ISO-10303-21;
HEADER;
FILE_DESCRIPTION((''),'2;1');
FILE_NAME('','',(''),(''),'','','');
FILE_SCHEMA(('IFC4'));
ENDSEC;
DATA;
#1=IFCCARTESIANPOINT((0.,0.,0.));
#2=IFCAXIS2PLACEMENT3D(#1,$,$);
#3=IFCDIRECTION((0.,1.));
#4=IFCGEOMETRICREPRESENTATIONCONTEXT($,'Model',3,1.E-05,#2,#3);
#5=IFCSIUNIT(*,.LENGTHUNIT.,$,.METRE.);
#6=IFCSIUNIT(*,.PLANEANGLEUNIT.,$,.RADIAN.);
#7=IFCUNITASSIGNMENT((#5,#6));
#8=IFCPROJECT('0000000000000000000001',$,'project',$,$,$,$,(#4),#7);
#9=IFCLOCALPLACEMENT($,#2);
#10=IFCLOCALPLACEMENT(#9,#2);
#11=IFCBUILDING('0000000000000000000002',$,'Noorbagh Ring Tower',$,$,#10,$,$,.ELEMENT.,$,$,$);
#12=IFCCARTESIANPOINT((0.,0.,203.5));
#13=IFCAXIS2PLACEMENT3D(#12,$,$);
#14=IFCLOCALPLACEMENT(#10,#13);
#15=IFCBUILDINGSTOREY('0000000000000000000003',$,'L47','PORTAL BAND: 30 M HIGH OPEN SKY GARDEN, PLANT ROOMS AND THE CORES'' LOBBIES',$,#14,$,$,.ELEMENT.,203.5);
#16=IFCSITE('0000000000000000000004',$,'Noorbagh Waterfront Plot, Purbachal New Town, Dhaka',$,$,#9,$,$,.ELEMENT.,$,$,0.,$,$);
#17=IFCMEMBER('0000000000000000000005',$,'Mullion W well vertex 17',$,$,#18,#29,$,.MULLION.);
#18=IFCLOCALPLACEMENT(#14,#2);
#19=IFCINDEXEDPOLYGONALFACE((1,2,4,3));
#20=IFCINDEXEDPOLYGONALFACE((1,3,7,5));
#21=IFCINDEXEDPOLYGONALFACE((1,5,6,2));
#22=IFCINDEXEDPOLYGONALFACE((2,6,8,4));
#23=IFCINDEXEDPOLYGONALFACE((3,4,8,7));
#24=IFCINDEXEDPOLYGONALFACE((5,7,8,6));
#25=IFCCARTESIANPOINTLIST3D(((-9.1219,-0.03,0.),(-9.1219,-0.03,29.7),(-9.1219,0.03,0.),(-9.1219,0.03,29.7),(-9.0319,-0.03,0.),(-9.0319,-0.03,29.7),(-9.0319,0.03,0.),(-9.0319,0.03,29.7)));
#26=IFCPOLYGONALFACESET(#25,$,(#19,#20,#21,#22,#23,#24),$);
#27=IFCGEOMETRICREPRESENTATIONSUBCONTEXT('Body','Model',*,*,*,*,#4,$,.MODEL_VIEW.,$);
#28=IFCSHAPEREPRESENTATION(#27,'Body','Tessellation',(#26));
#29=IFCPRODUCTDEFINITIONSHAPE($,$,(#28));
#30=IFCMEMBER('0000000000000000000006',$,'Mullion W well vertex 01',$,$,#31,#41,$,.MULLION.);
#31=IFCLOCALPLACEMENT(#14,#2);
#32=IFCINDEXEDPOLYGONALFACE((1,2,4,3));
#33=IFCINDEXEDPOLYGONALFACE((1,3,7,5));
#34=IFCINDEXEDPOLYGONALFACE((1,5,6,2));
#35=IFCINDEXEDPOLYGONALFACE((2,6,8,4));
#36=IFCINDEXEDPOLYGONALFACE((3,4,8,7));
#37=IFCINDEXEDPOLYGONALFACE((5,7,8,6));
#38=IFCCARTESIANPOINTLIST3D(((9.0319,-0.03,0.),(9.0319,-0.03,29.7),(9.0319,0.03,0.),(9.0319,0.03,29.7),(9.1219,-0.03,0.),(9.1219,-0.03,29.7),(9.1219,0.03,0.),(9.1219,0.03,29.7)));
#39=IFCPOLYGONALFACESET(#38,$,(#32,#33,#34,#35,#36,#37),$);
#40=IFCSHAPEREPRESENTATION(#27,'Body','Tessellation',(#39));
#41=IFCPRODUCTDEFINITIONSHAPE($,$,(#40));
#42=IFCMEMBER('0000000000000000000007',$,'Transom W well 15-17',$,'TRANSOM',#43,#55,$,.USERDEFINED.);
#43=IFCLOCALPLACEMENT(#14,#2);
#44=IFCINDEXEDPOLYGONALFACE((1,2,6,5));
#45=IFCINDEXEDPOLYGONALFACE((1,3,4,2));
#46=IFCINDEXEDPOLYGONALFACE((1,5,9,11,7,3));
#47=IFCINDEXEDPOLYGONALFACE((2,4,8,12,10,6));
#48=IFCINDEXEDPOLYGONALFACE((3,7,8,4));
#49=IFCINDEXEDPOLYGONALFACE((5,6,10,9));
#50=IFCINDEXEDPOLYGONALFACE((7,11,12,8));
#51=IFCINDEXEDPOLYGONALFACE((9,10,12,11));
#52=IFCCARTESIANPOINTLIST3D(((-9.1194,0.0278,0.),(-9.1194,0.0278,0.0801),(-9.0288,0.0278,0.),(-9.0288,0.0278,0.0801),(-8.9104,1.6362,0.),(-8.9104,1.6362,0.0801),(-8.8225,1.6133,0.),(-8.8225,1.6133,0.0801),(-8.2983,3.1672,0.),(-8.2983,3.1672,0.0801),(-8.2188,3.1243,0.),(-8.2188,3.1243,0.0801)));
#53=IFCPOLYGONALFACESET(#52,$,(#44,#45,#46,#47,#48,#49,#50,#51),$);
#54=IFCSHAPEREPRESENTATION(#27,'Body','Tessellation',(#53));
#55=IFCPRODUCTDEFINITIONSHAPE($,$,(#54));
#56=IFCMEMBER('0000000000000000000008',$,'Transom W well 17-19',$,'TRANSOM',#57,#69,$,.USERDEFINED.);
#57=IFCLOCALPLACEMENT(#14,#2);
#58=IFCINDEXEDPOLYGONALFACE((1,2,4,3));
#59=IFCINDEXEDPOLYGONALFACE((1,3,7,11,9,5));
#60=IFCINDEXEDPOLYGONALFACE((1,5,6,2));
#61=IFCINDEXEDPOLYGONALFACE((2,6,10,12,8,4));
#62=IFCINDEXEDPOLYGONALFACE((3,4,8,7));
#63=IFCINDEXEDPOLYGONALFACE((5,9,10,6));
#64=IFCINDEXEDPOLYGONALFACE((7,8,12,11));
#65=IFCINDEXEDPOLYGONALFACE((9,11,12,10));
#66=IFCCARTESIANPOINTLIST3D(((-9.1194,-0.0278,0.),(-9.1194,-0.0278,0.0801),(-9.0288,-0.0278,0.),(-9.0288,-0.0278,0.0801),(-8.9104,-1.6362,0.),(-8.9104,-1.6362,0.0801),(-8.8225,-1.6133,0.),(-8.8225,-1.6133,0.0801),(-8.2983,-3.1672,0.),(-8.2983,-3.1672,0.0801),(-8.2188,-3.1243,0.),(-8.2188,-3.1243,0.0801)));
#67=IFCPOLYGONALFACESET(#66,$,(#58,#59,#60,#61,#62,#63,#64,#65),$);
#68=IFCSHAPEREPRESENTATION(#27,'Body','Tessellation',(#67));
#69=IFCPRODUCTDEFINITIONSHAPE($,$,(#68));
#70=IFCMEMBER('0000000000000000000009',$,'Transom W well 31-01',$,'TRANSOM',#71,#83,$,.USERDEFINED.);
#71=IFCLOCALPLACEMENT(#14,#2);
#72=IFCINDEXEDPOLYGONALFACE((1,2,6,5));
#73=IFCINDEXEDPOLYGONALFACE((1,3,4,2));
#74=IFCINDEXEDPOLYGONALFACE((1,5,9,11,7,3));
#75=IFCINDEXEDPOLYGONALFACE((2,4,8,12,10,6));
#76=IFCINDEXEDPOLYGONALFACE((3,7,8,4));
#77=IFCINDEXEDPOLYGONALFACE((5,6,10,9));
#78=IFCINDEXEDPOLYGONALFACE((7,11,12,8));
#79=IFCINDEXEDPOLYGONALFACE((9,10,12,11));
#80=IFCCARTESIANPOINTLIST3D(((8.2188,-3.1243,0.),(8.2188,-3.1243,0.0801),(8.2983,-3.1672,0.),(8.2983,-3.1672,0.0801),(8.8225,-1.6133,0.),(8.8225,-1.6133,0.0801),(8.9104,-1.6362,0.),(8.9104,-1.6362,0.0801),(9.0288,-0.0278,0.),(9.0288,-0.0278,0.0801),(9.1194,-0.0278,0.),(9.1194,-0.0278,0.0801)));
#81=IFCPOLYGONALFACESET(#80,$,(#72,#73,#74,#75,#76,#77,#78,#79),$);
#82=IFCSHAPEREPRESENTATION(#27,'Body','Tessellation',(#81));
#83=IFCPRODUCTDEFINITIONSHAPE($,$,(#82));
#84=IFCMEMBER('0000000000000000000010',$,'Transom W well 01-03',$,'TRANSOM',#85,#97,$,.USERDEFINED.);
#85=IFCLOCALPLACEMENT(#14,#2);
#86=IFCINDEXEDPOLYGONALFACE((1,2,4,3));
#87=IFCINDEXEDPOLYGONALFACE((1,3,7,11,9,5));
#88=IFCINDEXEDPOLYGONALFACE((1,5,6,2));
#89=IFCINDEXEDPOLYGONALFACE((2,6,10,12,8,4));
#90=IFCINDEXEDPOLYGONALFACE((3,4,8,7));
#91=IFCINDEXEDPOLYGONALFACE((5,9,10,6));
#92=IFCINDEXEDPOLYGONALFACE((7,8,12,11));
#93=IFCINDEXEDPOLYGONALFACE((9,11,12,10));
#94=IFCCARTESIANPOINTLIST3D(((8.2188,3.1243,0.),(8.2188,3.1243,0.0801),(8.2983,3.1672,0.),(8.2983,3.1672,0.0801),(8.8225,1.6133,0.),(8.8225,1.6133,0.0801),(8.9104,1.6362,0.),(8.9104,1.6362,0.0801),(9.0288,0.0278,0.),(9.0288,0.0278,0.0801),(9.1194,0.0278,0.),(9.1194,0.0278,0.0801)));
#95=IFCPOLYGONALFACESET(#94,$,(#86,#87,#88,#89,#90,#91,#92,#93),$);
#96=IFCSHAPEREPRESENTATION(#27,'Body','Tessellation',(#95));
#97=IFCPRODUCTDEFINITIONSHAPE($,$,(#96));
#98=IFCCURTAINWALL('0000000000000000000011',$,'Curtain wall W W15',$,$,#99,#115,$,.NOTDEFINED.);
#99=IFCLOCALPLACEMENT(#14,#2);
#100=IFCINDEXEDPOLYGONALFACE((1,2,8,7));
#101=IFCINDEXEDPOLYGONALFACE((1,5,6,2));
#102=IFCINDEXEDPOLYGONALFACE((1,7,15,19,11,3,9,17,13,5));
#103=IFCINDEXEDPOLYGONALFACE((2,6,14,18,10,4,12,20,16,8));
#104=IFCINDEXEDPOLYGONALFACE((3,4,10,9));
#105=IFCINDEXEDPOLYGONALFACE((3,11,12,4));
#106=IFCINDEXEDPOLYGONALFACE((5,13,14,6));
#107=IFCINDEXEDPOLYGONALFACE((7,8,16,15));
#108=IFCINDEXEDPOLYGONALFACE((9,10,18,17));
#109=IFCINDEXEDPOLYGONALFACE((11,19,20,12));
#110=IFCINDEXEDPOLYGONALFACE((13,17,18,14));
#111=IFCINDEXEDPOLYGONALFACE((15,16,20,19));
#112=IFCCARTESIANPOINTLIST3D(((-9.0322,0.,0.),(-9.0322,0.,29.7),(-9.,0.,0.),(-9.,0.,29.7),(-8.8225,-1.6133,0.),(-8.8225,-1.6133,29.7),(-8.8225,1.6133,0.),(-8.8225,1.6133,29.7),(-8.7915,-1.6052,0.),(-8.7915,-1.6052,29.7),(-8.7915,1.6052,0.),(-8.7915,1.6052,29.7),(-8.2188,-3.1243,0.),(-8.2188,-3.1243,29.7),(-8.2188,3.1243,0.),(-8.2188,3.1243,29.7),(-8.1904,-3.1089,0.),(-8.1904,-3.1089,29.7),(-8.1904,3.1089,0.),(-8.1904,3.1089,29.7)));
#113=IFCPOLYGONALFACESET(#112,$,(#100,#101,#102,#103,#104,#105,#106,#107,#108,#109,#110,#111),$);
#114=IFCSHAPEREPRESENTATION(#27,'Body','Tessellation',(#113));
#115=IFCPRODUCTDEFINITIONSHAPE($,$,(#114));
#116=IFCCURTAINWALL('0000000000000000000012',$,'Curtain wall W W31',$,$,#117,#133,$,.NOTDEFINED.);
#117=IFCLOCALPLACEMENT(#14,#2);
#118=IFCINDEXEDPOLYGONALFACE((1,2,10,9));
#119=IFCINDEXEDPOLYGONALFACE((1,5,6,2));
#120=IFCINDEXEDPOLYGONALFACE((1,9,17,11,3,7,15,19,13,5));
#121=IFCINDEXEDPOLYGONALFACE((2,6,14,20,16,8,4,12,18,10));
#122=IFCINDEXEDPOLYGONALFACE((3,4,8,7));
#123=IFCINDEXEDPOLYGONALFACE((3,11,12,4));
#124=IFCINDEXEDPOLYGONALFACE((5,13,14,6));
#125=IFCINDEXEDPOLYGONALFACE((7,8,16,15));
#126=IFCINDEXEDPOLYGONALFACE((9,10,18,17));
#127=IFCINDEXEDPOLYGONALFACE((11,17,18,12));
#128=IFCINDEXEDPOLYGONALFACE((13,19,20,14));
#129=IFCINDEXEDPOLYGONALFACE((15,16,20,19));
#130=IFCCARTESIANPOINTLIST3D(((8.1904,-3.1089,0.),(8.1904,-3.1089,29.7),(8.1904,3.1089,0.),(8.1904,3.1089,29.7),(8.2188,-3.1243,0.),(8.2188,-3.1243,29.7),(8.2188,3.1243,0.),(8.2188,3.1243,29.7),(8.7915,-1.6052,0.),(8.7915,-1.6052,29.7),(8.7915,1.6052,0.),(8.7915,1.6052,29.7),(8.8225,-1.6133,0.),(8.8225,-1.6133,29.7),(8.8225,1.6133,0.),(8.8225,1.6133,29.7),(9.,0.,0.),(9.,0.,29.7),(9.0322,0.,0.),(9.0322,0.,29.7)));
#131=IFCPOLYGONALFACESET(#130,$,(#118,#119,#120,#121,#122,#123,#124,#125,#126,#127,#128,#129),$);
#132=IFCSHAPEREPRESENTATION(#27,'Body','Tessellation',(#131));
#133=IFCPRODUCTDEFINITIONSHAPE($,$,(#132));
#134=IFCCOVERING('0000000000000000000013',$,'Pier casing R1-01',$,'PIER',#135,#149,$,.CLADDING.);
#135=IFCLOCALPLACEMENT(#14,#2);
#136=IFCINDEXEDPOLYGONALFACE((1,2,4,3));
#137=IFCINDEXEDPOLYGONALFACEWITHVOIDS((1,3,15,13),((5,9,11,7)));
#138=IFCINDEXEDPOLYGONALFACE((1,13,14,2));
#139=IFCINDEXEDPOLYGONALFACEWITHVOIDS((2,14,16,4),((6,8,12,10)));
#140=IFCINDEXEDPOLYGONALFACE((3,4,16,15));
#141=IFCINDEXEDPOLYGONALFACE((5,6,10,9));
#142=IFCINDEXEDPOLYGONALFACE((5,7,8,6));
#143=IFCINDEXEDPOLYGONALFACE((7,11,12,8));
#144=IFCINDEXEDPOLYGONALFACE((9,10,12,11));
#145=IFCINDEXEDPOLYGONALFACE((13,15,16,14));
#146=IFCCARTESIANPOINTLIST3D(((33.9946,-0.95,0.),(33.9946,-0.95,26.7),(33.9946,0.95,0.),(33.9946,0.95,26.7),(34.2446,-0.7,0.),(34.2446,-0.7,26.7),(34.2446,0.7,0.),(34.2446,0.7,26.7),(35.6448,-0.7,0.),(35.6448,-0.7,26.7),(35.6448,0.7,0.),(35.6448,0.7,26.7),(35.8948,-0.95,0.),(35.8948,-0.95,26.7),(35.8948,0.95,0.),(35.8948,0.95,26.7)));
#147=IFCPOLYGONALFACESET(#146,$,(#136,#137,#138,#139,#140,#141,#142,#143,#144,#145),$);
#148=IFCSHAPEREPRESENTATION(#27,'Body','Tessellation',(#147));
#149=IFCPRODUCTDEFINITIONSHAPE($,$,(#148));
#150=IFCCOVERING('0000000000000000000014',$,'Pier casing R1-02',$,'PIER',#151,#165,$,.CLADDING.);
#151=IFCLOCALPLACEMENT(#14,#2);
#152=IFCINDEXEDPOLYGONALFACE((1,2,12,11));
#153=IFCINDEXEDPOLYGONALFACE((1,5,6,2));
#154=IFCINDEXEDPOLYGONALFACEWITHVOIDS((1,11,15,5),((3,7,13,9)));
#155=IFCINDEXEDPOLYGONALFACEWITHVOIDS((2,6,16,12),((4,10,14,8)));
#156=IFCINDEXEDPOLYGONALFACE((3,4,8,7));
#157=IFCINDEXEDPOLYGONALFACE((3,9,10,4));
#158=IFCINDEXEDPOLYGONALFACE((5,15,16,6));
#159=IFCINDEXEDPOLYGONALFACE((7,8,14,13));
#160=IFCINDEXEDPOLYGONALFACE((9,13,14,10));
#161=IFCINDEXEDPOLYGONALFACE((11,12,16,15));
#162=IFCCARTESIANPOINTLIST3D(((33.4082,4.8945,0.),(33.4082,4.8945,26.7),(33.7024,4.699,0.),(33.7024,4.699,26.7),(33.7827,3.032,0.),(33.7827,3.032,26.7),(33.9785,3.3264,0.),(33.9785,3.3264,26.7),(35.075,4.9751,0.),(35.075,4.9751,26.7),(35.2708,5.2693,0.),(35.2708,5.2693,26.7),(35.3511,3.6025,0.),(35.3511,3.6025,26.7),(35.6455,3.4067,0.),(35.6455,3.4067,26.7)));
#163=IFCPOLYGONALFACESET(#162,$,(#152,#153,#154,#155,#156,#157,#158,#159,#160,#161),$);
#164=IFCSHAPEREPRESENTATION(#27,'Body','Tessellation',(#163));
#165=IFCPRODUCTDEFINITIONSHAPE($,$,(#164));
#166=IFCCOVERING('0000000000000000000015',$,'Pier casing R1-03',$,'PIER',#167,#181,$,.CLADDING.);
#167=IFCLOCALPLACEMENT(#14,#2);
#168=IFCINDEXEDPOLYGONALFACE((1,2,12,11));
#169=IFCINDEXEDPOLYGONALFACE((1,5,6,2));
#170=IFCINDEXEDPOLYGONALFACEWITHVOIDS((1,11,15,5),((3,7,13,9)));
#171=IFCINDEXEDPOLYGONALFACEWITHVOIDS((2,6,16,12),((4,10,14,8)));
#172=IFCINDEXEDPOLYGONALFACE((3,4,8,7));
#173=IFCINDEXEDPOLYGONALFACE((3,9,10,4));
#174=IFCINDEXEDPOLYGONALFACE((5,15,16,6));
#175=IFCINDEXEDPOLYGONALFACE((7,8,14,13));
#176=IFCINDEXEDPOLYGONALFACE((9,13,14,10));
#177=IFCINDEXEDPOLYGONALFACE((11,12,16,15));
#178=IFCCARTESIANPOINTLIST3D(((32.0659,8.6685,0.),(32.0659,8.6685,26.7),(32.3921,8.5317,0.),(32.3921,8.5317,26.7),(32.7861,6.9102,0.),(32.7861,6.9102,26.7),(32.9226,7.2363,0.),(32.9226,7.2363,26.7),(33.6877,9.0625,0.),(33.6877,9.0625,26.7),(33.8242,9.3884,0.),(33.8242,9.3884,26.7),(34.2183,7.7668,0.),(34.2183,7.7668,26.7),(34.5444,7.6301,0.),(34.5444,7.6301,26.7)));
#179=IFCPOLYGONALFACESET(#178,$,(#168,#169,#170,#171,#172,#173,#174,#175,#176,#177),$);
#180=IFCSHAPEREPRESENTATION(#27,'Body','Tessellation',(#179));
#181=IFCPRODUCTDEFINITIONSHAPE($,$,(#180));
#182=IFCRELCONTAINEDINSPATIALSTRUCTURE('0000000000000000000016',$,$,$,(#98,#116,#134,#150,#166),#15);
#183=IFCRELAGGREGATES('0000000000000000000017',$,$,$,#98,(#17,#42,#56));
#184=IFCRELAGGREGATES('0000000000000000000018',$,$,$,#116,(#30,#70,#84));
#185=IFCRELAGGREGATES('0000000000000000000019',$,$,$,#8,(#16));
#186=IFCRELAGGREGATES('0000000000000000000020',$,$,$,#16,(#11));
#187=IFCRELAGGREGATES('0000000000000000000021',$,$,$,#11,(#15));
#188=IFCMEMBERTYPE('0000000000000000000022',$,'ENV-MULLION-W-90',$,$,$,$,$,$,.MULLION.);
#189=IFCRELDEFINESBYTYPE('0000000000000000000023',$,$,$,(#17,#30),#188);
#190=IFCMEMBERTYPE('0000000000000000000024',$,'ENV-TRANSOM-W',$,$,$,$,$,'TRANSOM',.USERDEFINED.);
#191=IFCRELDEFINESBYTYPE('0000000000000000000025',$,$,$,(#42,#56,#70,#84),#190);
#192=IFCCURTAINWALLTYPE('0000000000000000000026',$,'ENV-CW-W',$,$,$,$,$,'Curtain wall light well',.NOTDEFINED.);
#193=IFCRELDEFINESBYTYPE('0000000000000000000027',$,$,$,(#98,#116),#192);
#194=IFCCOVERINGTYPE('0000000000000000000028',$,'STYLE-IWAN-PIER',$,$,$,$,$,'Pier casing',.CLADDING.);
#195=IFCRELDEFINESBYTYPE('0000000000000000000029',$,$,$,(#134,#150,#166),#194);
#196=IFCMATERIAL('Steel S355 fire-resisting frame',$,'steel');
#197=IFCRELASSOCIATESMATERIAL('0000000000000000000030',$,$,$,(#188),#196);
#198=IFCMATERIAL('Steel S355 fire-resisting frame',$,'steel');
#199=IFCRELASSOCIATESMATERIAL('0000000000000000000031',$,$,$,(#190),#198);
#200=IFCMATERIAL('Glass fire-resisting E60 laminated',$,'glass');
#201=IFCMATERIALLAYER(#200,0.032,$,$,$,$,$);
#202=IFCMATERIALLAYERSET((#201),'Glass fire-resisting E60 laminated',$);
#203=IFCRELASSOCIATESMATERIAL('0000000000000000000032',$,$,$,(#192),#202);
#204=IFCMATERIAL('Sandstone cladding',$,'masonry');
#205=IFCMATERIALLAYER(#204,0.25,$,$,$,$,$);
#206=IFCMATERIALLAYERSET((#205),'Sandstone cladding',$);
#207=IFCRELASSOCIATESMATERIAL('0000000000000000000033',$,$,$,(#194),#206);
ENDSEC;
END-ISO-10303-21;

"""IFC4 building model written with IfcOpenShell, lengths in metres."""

from ifc_helpers import new_model, si_unit, direction, frame, origin, origin_2d, place, context, subcontext, project, spatial, polyline, rectangle, outline, extrude, material, layer, layer_set, material_profile, profile_set, type_object, element, aggregate, save


model = new_model("IFC4")

# Units and contexts
model_context = context("Model", 3, precision=1e-05, world=origin(), true_north=direction((0.0, 1.0)))
body_context = subcontext(model_context, "Body", "Model", "MODEL_VIEW")
ifc_project = project(units=[si_unit("LENGTHUNIT", "METRE"), si_unit("PLANEANGLEUNIT", "RADIAN")], contexts=[model_context])

# Members
site_placement = place(None, origin())
building_placement = place(site_placement, origin())
storey_placement = place(building_placement, frame((0.0, 0.0, 203.5)))
ifc_material_1 = material(Name="Steel S355 fire-resisting frame", Category="steel")
ifc_material_profile_1 = material_profile(ifc_material_1, rectangle(XDim=0.0901, YDim=0.0601, at=origin_2d()), Name="90x60")
ifc_profile_set_1 = profile_set([ifc_material_profile_1], Name="Steel S355 fire-resisting frame")
member_type_1 = type_object("IfcMemberType", Name="ENV-MULLION-W-90", PredefinedType="MULLION", material=ifc_profile_set_1)
member_1_placement = place(storey_placement, frame((-9.0769, 0.0, 0.0), z_axis=(0.0, 0.0, 1.0), x_axis=(-1.0, 0.0, 0.0)))
member_1 = element("IfcMember", 1, at=member_1_placement, type_object=member_type_1, Name="Mullion W well vertex 17", PredefinedType="MULLION", context=body_context, shape_type="SweptSolid", body=[
    extrude(rectangle(XDim=0.0901, YDim=0.0601, at=origin_2d()), origin(), (0.0, 0.0, 1.0), 29.7),
])
member_2_placement = place(storey_placement, frame((9.0769, 0.0, 0.0), z_axis=(0.0, 0.0, 1.0), x_axis=(1.0, 0.0, 0.0)))
member_2 = element("IfcMember", 2, at=member_2_placement, type_object=member_type_1, Name="Mullion W well vertex 01", PredefinedType="MULLION", context=body_context, shape_type="SweptSolid", body=[
    extrude(rectangle(XDim=0.0901, YDim=0.0601, at=origin_2d()), origin(), (0.0, 0.0, 1.0), 29.7),
])
ifc_material_2 = material(Name="Steel S355 fire-resisting frame", Category="steel")
member_type_2 = type_object("IfcMemberType", Name="ENV-TRANSOM-W", ElementType="TRANSOM", PredefinedType="USERDEFINED", material=ifc_material_2)
member_3_placement = place(storey_placement, origin())
member_3 = element("IfcMember", 3, at=member_3_placement, type_object=member_type_2, Name="Transom W well 15-17", ObjectType="TRANSOM", PredefinedType="USERDEFINED", context=body_context, shape_type="SweptSolid", body=[
    extrude(outline(polyline([(-8.2983, 3.1672), (-8.9104, 1.6362), (-9.1194, 0.0278), (-9.0288, 0.0278), (-8.8225, 1.6133), (-8.2188, 3.1243), (-8.2983, 3.1672)])), origin(), (0.0, 0.0, 1.0), 0.0801),
])
member_4_placement = place(storey_placement, origin())
member_4 = element("IfcMember", 4, at=member_4_placement, type_object=member_type_2, Name="Transom W well 17-19", ObjectType="TRANSOM", PredefinedType="USERDEFINED", context=body_context, shape_type="SweptSolid", body=[
    extrude(outline(polyline([(-9.1194, -0.0278), (-8.9104, -1.6362), (-8.2983, -3.1672), (-8.2188, -3.1243), (-8.8225, -1.6133), (-9.0288, -0.0278), (-9.1194, -0.0278)])), origin(), (0.0, 0.0, 1.0), 0.0801),
])
member_5_placement = place(storey_placement, origin())
member_5 = element("IfcMember", 5, at=member_5_placement, type_object=member_type_2, Name="Transom W well 31-01", ObjectType="TRANSOM", PredefinedType="USERDEFINED", context=body_context, shape_type="SweptSolid", body=[
    extrude(outline(polyline([(8.2983, -3.1672), (8.9104, -1.6362), (9.1194, -0.0278), (9.0288, -0.0278), (8.8225, -1.6133), (8.2188, -3.1243), (8.2983, -3.1672)])), origin(), (0.0, 0.0, 1.0), 0.0801),
])
member_6_placement = place(storey_placement, origin())
member_6 = element("IfcMember", 6, at=member_6_placement, type_object=member_type_2, Name="Transom W well 01-03", ObjectType="TRANSOM", PredefinedType="USERDEFINED", context=body_context, shape_type="SweptSolid", body=[
    extrude(outline(polyline([(9.1194, 0.0278), (8.9104, 1.6362), (8.2983, 3.1672), (8.2188, 3.1243), (8.8225, 1.6133), (9.0288, 0.0278), (9.1194, 0.0278)])), origin(), (0.0, 0.0, 1.0), 0.0801),
])

# Site, building, storey
site = spatial("IfcSite", under=ifc_project, at=site_placement, Name="Noorbagh Waterfront Plot, Purbachal New Town, Dhaka", CompositionType="ELEMENT", RefElevation=0.0)
building = spatial("IfcBuilding", under=site, at=building_placement, Name="Noorbagh Ring Tower", CompositionType="ELEMENT")
storey = spatial("IfcBuildingStorey", under=building, at=storey_placement, Name="L47", Description="PORTAL BAND: 30 M HIGH OPEN SKY GARDEN, PLANT ROOMS AND THE CORES' LOBBIES", CompositionType="ELEMENT", Elevation=203.5)

# Curtain walls
ifc_material_3 = material(Name="Glass fire-resisting E60 laminated", Category="glass")
ifc_layer_1 = layer(ifc_material_3, 0.032)
ifc_layer_set_1 = layer_set([ifc_layer_1], Name="Glass fire-resisting E60 laminated")
curtain_wall_type_1 = type_object("IfcCurtainWallType", Name="ENV-CW-W", ElementType="Curtain wall light well", PredefinedType="NOTDEFINED", material=ifc_layer_set_1)
curtain_wall_1_placement = place(storey_placement, origin())
curtain_wall_1 = element("IfcCurtainWall", 7, at=curtain_wall_1_placement, inside=storey, type_object=curtain_wall_type_1, Name="Curtain wall W W15", PredefinedType="NOTDEFINED", context=body_context, shape_type="SweptSolid", body=[
    extrude(outline(polyline([(-8.2188, 3.1243), (-8.8225, 1.6133), (-9.0322, 0.0), (-8.8225, -1.6133), (-8.2188, -3.1243), (-8.1904, -3.1089), (-8.7915, -1.6052), (-9.0, 0.0), (-8.7915, 1.6052), (-8.1904, 3.1089), (-8.2188, 3.1243)])), origin(), (0.0, 0.0, 1.0), 29.7),
])
aggregate(curtain_wall_1, [member_1, member_3, member_4])
curtain_wall_2_placement = place(storey_placement, origin())
curtain_wall_2 = element("IfcCurtainWall", 8, at=curtain_wall_2_placement, inside=storey, type_object=curtain_wall_type_1, Name="Curtain wall W W31", PredefinedType="NOTDEFINED", context=body_context, shape_type="SweptSolid", body=[
    extrude(outline(polyline([(8.2188, -3.1243), (8.8225, -1.6133), (9.0322, 0.0), (8.8225, 1.6133), (8.2188, 3.1243), (8.1904, 3.1089), (8.7915, 1.6052), (9.0, 0.0), (8.7915, -1.6052), (8.1904, -3.1089), (8.2188, -3.1243)])), origin(), (0.0, 0.0, 1.0), 29.7),
])
aggregate(curtain_wall_2, [member_2, member_5, member_6])

# Coverings
ifc_material_4 = material(Name="Sandstone cladding", Category="masonry")
ifc_layer_2 = layer(ifc_material_4, 0.25)
ifc_layer_set_2 = layer_set([ifc_layer_2], Name="Sandstone cladding")
covering_type_1 = type_object("IfcCoveringType", Name="STYLE-IWAN-PIER", ElementType="Pier casing", PredefinedType="CLADDING", material=ifc_layer_set_2)
covering_1_placement = place(storey_placement, origin())
element("IfcCovering", 9, at=covering_1_placement, inside=storey, type_object=covering_type_1, Name="Pier casing R1-01", ObjectType="PIER", PredefinedType="CLADDING", context=body_context, shape_type="SweptSolid", body=[
    extrude(outline(polyline([(35.8948, -0.95), (33.9946, -0.95), (33.9946, 0.95), (35.8948, 0.95), (35.8948, -0.95)]), holes=[polyline([(35.6448, -0.7), (35.6448, 0.7), (34.2446, 0.7), (34.2446, -0.7), (35.6448, -0.7)])]), origin(), (0.0, 0.0, 1.0), 26.7),
])
covering_2_placement = place(storey_placement, origin())
element("IfcCovering", 10, at=covering_2_placement, inside=storey, type_object=covering_type_1, Name="Pier casing R1-02", ObjectType="PIER", PredefinedType="CLADDING", context=body_context, shape_type="SweptSolid", body=[
    extrude(outline(polyline([(35.6455, 3.4067), (33.7827, 3.032), (33.4082, 4.8945), (35.2708, 5.2693), (35.6455, 3.4067)]), holes=[polyline([(35.3511, 3.6025), (35.075, 4.9751), (33.7024, 4.699), (33.9785, 3.3264), (35.3511, 3.6025)])]), origin(), (0.0, 0.0, 1.0), 26.7),
])
covering_3_placement = place(storey_placement, origin())
element("IfcCovering", 11, at=covering_3_placement, inside=storey, type_object=covering_type_1, Name="Pier casing R1-03", ObjectType="PIER", PredefinedType="CLADDING", context=body_context, shape_type="SweptSolid", body=[
    extrude(outline(polyline([(34.5444, 7.6301), (32.7861, 6.9102), (32.0659, 8.6685), (33.8242, 9.3884), (34.5444, 7.6301)]), holes=[polyline([(34.2183, 7.7668), (33.6877, 9.0625), (32.3921, 8.5317), (32.9226, 7.2363), (34.2183, 7.7668)])]), origin(), (0.0, 0.0, 1.0), 26.7),
])

save(model, "model.ifc")
